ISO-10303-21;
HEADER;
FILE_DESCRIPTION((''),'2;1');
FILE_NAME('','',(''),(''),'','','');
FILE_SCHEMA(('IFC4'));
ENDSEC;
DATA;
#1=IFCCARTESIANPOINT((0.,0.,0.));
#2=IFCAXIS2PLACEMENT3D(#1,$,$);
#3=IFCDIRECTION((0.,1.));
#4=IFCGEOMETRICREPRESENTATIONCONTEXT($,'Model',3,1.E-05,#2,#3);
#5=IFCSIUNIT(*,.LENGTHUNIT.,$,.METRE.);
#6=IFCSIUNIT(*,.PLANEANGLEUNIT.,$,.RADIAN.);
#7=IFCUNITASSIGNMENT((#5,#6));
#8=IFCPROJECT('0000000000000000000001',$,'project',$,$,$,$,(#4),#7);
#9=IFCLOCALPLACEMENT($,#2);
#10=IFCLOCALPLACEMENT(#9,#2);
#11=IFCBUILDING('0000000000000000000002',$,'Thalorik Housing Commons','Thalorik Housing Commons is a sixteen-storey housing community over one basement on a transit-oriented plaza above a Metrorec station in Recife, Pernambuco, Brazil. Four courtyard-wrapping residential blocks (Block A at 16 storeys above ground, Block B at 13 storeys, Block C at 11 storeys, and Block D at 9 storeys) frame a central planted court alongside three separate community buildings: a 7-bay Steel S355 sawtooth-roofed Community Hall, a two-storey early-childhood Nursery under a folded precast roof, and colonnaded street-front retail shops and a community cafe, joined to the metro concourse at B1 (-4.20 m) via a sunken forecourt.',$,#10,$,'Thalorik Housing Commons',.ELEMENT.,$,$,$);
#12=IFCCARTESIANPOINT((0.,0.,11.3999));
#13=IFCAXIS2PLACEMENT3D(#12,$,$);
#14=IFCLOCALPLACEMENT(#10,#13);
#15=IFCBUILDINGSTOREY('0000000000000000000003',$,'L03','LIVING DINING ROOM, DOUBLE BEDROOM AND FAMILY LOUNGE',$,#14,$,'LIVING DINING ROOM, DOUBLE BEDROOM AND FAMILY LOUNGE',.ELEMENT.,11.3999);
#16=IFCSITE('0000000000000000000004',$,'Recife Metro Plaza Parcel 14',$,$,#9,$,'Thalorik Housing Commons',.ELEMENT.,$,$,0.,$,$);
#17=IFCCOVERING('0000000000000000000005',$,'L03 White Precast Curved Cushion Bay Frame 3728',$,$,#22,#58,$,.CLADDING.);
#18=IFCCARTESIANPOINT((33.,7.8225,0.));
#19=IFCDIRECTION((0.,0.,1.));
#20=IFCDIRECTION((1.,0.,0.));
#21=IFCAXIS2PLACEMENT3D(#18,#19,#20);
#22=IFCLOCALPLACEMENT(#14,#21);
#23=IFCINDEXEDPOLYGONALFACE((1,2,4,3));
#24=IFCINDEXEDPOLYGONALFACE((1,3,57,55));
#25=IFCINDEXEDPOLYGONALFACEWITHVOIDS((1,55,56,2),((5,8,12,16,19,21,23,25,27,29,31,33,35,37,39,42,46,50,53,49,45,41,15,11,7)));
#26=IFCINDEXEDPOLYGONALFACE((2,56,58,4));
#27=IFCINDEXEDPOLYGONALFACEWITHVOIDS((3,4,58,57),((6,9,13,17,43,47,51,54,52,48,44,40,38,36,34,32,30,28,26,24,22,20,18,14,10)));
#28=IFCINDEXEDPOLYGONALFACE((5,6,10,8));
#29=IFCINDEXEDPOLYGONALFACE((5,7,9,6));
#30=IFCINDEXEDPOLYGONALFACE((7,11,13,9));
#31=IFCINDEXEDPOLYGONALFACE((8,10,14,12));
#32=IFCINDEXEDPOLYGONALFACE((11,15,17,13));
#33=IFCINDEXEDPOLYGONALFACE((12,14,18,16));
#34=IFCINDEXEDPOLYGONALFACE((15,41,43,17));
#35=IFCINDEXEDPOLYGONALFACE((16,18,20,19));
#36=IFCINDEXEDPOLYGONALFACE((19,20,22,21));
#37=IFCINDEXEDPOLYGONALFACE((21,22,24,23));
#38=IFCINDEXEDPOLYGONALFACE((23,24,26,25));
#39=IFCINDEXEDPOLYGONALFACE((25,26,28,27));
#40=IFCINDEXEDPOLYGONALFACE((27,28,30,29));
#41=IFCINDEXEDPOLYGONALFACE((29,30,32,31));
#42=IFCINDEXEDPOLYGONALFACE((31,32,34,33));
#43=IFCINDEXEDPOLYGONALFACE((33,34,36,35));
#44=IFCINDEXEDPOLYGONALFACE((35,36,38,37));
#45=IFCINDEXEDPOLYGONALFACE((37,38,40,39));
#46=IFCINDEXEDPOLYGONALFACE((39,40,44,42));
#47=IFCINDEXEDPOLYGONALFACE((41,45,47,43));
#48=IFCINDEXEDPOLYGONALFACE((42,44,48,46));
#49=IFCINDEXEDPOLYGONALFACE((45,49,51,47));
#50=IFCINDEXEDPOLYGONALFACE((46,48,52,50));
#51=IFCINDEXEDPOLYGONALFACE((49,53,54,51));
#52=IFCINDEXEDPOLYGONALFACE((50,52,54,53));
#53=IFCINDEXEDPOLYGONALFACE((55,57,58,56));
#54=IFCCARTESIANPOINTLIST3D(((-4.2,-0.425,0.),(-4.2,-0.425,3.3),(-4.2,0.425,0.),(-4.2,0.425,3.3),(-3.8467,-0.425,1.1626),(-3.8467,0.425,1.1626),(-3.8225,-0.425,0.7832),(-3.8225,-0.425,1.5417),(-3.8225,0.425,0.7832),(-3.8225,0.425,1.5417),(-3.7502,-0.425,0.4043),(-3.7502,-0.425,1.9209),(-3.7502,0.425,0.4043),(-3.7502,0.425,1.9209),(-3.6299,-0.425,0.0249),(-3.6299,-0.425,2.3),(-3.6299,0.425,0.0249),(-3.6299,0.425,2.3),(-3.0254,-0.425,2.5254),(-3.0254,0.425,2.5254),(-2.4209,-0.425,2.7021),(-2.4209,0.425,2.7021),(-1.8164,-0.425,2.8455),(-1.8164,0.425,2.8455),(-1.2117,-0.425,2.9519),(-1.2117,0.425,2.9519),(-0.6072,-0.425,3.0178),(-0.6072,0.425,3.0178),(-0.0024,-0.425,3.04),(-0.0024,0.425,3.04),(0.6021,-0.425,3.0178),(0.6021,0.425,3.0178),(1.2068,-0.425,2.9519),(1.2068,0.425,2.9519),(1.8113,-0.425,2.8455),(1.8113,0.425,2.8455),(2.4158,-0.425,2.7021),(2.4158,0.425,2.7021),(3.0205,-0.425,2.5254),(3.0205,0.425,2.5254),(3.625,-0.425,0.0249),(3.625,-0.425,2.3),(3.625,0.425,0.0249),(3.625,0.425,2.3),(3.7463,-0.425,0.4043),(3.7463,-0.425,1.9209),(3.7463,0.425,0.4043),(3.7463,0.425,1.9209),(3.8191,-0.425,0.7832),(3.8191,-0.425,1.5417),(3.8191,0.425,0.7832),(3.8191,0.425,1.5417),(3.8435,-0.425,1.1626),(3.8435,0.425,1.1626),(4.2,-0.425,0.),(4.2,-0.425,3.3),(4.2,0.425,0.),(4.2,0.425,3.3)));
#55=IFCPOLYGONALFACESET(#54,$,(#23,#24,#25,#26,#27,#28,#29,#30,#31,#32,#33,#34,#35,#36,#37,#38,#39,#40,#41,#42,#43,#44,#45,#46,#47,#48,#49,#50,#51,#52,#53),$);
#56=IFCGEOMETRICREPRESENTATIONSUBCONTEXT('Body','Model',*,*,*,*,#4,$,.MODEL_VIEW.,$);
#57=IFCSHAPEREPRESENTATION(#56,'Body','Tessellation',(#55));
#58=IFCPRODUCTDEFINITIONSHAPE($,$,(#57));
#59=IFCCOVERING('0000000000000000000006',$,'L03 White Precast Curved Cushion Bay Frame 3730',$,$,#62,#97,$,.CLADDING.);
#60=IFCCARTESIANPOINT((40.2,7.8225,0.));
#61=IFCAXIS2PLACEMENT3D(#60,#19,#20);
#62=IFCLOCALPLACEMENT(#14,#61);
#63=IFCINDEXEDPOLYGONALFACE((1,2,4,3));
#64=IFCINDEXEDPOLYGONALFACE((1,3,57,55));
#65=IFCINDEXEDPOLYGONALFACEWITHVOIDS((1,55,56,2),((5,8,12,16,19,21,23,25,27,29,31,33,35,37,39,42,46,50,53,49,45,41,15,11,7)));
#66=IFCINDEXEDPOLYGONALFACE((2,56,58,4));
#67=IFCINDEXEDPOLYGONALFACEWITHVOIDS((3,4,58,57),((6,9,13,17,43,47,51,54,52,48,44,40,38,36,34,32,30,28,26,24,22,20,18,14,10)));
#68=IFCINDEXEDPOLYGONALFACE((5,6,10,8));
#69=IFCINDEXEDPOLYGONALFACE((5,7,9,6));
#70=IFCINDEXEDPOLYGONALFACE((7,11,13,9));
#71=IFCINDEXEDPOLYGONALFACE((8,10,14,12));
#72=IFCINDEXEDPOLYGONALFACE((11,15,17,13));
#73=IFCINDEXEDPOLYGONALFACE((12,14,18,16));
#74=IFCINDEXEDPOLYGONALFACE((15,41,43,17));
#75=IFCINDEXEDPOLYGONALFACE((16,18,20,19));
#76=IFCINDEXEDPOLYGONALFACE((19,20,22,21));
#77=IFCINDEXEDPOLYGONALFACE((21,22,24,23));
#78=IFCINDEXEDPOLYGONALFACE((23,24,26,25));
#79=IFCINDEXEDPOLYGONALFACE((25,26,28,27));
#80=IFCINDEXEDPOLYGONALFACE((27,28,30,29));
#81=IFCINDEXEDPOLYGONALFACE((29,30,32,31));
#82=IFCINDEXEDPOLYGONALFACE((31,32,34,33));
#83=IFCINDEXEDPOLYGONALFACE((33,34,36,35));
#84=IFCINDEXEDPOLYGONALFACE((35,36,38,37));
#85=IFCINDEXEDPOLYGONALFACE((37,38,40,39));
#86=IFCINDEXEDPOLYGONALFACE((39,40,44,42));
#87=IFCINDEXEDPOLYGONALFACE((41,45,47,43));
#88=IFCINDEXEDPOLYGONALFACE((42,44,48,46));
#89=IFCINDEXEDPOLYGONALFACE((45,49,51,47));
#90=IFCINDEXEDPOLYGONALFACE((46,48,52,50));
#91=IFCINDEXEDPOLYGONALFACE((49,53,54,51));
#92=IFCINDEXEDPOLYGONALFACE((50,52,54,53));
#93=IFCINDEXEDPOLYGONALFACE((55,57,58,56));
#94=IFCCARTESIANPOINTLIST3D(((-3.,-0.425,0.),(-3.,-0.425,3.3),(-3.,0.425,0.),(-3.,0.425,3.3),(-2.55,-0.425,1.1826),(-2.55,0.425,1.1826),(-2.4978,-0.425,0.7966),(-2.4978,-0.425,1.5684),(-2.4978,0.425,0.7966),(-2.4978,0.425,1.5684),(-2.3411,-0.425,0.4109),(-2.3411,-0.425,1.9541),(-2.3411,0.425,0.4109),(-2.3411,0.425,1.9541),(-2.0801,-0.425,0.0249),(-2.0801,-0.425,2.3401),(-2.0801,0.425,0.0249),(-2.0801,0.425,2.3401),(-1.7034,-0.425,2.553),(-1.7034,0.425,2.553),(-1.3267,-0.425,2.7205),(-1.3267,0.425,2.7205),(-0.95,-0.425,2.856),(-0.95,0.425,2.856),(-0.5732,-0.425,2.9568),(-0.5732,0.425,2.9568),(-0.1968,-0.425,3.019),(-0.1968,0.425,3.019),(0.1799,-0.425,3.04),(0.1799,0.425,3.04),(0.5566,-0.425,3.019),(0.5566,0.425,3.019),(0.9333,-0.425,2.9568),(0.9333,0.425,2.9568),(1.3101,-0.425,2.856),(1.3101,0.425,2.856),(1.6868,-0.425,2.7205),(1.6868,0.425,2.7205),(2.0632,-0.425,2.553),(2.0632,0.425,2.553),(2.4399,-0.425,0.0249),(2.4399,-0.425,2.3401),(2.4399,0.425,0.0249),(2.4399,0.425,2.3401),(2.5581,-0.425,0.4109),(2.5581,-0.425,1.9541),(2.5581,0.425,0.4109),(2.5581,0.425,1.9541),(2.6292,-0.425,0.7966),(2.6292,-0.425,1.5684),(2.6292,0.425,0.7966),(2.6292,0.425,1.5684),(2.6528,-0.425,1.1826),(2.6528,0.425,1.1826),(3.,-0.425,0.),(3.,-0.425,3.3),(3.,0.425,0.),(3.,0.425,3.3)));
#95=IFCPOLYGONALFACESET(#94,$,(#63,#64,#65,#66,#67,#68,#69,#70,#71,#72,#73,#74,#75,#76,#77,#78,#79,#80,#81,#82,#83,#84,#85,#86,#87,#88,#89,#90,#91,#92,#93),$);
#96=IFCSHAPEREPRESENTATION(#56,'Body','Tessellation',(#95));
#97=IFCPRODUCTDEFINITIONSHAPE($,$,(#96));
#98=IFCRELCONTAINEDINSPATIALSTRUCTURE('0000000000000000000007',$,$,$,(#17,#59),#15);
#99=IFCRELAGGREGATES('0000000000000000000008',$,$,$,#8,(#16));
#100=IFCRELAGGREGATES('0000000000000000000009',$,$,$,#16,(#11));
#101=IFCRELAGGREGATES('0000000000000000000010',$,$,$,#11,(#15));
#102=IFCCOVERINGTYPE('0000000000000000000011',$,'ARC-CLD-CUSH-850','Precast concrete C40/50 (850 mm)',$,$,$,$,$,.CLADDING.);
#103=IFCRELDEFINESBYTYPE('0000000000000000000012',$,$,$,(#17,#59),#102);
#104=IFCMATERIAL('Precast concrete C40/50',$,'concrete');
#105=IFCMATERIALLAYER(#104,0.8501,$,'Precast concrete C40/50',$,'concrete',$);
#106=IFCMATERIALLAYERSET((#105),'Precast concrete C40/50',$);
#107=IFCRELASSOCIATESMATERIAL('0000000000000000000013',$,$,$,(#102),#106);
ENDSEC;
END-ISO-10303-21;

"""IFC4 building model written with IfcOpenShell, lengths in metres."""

from ifc_helpers import new_model, si_unit, direction, frame, origin, place, context, subcontext, project, spatial, polyline, outline, extrude, material, layer, layer_set, type_object, element, save


model = new_model("IFC4")

# Units and contexts
model_context = context("Model", 3, precision=1e-05, world=origin(), true_north=direction((0.0, 1.0)))
body_context = subcontext(model_context, "Body", "Model", "MODEL_VIEW")
ifc_project = project(units=[si_unit("LENGTHUNIT", "METRE"), si_unit("PLANEANGLEUNIT", "RADIAN")], contexts=[model_context])

# Site, building, storey
site_placement = place(None, origin())
site = spatial("IfcSite", under=ifc_project, at=site_placement, Name="Recife Metro Plaza Parcel 14", LongName="Thalorik Housing Commons", CompositionType="ELEMENT", RefElevation=0.0)
building_placement = place(site_placement, origin())
building = spatial("IfcBuilding", under=site, at=building_placement, Name="Thalorik Housing Commons", Description="Thalorik Housing Commons is a sixteen-storey housing community over one basement on a transit-oriented plaza above a Metrorec station in Recife, Pernambuco, Brazil. Four courtyard-wrapping residential blocks (Block A at 16 storeys above ground, Block B at 13 storeys, Block C at 11 storeys, and Block D at 9 storeys) frame a central planted court alongside three separate community buildings: a 7-bay Steel S355 sawtooth-roofed Community Hall, a two-storey early-childhood Nursery under a folded precast roof, and colonnaded street-front retail shops and a community cafe, joined to the metro concourse at B1 (-4.20 m) via a sunken forecourt.", LongName="Thalorik Housing Commons", CompositionType="ELEMENT")
storey_placement = place(building_placement, frame((0.0, 0.0, 11.3999)))
storey = spatial("IfcBuildingStorey", under=building, at=storey_placement, Name="L03", Description="LIVING DINING ROOM, DOUBLE BEDROOM AND FAMILY LOUNGE", LongName="LIVING DINING ROOM, DOUBLE BEDROOM AND FAMILY LOUNGE", CompositionType="ELEMENT", Elevation=11.3999)

# Shared definitions
ifc_material_1 = material(Name="Precast concrete C40/50", Category="concrete")

# Coverings
ifc_layer_1 = layer(ifc_material_1, 0.8501, Name="Precast concrete C40/50", Category="concrete")
ifc_layer_set_1 = layer_set([ifc_layer_1], Name="Precast concrete C40/50")
covering_type_1 = type_object("IfcCoveringType", Name="ARC-CLD-CUSH-850", Description="Precast concrete C40/50 (850 mm)", PredefinedType="CLADDING", material=ifc_layer_set_1)
covering_1_placement = place(storey_placement, frame((33.0, 7.8225, 0.0), z_axis=(0.0, 0.0, 1.0), x_axis=(1.0, 0.0, 0.0)))
element("IfcCovering", 1, at=covering_1_placement, inside=storey, type_object=covering_type_1, Name="L03 White Precast Curved Cushion Bay Frame 3728", PredefinedType="CLADDING", context=body_context, shape_type="SweptSolid", body=[
    extrude(outline(polyline([(-4.2, 0.0), (4.2, 0.0), (4.2, 3.3), (-4.2, 3.3), (-4.2, 0.0)]), holes=[polyline([(3.625, 0.0249), (3.7463, 0.4043), (3.8191, 0.7832), (3.8435, 1.1626), (3.8191, 1.5417), (3.7463, 1.9209), (3.625, 2.3), (3.0205, 2.5254), (2.4158, 2.7021), (1.8113, 2.8455), (1.2068, 2.9519), (0.6021, 3.0178), (-0.0024, 3.04), (-0.6072, 3.0178), (-1.2117, 2.9519), (-1.8164, 2.8455), (-2.4209, 2.7021), (-3.0254, 2.5254), (-3.6299, 2.3), (-3.7502, 1.9209), (-3.8225, 1.5417), (-3.8467, 1.1626), (-3.8225, 0.7832), (-3.7502, 0.4043), (-3.6299, 0.0249), (3.625, 0.0249)])]), frame((0.0, 0.425, 0.0), z_axis=(0.0, -1.0, 0.0), x_axis=(1.0, 0.0, 0.0)), (0.0, 0.0, 1.0), 0.8501),
])
covering_2_placement = place(storey_placement, frame((40.2, 7.8225, 0.0), z_axis=(0.0, 0.0, 1.0), x_axis=(1.0, 0.0, 0.0)))
element("IfcCovering", 2, at=covering_2_placement, inside=storey, type_object=covering_type_1, Name="L03 White Precast Curved Cushion Bay Frame 3730", PredefinedType="CLADDING", context=body_context, shape_type="SweptSolid", body=[
    extrude(outline(polyline([(-3.0, 0.0), (3.0, 0.0), (3.0, 3.3), (-3.0, 3.3), (-3.0, 0.0)]), holes=[polyline([(2.4399, 0.0249), (2.5581, 0.4109), (2.6292, 0.7966), (2.6528, 1.1826), (2.6292, 1.5684), (2.5581, 1.9541), (2.4399, 2.3401), (2.0632, 2.553), (1.6868, 2.7205), (1.3101, 2.856), (0.9333, 2.9568), (0.5566, 3.019), (0.1799, 3.04), (-0.1968, 3.019), (-0.5732, 2.9568), (-0.95, 2.856), (-1.3267, 2.7205), (-1.7034, 2.553), (-2.0801, 2.3401), (-2.3411, 1.9541), (-2.4978, 1.5684), (-2.55, 1.1826), (-2.4978, 0.7966), (-2.3411, 0.4109), (-2.0801, 0.0249), (2.4399, 0.0249)])]), frame((0.0, 0.425, 0.0), z_axis=(0.0, -1.0, 0.0), x_axis=(1.0, 0.0, 0.0)), (0.0, 0.0, 1.0), 0.8501),
])

save(model, "model.ifc")
